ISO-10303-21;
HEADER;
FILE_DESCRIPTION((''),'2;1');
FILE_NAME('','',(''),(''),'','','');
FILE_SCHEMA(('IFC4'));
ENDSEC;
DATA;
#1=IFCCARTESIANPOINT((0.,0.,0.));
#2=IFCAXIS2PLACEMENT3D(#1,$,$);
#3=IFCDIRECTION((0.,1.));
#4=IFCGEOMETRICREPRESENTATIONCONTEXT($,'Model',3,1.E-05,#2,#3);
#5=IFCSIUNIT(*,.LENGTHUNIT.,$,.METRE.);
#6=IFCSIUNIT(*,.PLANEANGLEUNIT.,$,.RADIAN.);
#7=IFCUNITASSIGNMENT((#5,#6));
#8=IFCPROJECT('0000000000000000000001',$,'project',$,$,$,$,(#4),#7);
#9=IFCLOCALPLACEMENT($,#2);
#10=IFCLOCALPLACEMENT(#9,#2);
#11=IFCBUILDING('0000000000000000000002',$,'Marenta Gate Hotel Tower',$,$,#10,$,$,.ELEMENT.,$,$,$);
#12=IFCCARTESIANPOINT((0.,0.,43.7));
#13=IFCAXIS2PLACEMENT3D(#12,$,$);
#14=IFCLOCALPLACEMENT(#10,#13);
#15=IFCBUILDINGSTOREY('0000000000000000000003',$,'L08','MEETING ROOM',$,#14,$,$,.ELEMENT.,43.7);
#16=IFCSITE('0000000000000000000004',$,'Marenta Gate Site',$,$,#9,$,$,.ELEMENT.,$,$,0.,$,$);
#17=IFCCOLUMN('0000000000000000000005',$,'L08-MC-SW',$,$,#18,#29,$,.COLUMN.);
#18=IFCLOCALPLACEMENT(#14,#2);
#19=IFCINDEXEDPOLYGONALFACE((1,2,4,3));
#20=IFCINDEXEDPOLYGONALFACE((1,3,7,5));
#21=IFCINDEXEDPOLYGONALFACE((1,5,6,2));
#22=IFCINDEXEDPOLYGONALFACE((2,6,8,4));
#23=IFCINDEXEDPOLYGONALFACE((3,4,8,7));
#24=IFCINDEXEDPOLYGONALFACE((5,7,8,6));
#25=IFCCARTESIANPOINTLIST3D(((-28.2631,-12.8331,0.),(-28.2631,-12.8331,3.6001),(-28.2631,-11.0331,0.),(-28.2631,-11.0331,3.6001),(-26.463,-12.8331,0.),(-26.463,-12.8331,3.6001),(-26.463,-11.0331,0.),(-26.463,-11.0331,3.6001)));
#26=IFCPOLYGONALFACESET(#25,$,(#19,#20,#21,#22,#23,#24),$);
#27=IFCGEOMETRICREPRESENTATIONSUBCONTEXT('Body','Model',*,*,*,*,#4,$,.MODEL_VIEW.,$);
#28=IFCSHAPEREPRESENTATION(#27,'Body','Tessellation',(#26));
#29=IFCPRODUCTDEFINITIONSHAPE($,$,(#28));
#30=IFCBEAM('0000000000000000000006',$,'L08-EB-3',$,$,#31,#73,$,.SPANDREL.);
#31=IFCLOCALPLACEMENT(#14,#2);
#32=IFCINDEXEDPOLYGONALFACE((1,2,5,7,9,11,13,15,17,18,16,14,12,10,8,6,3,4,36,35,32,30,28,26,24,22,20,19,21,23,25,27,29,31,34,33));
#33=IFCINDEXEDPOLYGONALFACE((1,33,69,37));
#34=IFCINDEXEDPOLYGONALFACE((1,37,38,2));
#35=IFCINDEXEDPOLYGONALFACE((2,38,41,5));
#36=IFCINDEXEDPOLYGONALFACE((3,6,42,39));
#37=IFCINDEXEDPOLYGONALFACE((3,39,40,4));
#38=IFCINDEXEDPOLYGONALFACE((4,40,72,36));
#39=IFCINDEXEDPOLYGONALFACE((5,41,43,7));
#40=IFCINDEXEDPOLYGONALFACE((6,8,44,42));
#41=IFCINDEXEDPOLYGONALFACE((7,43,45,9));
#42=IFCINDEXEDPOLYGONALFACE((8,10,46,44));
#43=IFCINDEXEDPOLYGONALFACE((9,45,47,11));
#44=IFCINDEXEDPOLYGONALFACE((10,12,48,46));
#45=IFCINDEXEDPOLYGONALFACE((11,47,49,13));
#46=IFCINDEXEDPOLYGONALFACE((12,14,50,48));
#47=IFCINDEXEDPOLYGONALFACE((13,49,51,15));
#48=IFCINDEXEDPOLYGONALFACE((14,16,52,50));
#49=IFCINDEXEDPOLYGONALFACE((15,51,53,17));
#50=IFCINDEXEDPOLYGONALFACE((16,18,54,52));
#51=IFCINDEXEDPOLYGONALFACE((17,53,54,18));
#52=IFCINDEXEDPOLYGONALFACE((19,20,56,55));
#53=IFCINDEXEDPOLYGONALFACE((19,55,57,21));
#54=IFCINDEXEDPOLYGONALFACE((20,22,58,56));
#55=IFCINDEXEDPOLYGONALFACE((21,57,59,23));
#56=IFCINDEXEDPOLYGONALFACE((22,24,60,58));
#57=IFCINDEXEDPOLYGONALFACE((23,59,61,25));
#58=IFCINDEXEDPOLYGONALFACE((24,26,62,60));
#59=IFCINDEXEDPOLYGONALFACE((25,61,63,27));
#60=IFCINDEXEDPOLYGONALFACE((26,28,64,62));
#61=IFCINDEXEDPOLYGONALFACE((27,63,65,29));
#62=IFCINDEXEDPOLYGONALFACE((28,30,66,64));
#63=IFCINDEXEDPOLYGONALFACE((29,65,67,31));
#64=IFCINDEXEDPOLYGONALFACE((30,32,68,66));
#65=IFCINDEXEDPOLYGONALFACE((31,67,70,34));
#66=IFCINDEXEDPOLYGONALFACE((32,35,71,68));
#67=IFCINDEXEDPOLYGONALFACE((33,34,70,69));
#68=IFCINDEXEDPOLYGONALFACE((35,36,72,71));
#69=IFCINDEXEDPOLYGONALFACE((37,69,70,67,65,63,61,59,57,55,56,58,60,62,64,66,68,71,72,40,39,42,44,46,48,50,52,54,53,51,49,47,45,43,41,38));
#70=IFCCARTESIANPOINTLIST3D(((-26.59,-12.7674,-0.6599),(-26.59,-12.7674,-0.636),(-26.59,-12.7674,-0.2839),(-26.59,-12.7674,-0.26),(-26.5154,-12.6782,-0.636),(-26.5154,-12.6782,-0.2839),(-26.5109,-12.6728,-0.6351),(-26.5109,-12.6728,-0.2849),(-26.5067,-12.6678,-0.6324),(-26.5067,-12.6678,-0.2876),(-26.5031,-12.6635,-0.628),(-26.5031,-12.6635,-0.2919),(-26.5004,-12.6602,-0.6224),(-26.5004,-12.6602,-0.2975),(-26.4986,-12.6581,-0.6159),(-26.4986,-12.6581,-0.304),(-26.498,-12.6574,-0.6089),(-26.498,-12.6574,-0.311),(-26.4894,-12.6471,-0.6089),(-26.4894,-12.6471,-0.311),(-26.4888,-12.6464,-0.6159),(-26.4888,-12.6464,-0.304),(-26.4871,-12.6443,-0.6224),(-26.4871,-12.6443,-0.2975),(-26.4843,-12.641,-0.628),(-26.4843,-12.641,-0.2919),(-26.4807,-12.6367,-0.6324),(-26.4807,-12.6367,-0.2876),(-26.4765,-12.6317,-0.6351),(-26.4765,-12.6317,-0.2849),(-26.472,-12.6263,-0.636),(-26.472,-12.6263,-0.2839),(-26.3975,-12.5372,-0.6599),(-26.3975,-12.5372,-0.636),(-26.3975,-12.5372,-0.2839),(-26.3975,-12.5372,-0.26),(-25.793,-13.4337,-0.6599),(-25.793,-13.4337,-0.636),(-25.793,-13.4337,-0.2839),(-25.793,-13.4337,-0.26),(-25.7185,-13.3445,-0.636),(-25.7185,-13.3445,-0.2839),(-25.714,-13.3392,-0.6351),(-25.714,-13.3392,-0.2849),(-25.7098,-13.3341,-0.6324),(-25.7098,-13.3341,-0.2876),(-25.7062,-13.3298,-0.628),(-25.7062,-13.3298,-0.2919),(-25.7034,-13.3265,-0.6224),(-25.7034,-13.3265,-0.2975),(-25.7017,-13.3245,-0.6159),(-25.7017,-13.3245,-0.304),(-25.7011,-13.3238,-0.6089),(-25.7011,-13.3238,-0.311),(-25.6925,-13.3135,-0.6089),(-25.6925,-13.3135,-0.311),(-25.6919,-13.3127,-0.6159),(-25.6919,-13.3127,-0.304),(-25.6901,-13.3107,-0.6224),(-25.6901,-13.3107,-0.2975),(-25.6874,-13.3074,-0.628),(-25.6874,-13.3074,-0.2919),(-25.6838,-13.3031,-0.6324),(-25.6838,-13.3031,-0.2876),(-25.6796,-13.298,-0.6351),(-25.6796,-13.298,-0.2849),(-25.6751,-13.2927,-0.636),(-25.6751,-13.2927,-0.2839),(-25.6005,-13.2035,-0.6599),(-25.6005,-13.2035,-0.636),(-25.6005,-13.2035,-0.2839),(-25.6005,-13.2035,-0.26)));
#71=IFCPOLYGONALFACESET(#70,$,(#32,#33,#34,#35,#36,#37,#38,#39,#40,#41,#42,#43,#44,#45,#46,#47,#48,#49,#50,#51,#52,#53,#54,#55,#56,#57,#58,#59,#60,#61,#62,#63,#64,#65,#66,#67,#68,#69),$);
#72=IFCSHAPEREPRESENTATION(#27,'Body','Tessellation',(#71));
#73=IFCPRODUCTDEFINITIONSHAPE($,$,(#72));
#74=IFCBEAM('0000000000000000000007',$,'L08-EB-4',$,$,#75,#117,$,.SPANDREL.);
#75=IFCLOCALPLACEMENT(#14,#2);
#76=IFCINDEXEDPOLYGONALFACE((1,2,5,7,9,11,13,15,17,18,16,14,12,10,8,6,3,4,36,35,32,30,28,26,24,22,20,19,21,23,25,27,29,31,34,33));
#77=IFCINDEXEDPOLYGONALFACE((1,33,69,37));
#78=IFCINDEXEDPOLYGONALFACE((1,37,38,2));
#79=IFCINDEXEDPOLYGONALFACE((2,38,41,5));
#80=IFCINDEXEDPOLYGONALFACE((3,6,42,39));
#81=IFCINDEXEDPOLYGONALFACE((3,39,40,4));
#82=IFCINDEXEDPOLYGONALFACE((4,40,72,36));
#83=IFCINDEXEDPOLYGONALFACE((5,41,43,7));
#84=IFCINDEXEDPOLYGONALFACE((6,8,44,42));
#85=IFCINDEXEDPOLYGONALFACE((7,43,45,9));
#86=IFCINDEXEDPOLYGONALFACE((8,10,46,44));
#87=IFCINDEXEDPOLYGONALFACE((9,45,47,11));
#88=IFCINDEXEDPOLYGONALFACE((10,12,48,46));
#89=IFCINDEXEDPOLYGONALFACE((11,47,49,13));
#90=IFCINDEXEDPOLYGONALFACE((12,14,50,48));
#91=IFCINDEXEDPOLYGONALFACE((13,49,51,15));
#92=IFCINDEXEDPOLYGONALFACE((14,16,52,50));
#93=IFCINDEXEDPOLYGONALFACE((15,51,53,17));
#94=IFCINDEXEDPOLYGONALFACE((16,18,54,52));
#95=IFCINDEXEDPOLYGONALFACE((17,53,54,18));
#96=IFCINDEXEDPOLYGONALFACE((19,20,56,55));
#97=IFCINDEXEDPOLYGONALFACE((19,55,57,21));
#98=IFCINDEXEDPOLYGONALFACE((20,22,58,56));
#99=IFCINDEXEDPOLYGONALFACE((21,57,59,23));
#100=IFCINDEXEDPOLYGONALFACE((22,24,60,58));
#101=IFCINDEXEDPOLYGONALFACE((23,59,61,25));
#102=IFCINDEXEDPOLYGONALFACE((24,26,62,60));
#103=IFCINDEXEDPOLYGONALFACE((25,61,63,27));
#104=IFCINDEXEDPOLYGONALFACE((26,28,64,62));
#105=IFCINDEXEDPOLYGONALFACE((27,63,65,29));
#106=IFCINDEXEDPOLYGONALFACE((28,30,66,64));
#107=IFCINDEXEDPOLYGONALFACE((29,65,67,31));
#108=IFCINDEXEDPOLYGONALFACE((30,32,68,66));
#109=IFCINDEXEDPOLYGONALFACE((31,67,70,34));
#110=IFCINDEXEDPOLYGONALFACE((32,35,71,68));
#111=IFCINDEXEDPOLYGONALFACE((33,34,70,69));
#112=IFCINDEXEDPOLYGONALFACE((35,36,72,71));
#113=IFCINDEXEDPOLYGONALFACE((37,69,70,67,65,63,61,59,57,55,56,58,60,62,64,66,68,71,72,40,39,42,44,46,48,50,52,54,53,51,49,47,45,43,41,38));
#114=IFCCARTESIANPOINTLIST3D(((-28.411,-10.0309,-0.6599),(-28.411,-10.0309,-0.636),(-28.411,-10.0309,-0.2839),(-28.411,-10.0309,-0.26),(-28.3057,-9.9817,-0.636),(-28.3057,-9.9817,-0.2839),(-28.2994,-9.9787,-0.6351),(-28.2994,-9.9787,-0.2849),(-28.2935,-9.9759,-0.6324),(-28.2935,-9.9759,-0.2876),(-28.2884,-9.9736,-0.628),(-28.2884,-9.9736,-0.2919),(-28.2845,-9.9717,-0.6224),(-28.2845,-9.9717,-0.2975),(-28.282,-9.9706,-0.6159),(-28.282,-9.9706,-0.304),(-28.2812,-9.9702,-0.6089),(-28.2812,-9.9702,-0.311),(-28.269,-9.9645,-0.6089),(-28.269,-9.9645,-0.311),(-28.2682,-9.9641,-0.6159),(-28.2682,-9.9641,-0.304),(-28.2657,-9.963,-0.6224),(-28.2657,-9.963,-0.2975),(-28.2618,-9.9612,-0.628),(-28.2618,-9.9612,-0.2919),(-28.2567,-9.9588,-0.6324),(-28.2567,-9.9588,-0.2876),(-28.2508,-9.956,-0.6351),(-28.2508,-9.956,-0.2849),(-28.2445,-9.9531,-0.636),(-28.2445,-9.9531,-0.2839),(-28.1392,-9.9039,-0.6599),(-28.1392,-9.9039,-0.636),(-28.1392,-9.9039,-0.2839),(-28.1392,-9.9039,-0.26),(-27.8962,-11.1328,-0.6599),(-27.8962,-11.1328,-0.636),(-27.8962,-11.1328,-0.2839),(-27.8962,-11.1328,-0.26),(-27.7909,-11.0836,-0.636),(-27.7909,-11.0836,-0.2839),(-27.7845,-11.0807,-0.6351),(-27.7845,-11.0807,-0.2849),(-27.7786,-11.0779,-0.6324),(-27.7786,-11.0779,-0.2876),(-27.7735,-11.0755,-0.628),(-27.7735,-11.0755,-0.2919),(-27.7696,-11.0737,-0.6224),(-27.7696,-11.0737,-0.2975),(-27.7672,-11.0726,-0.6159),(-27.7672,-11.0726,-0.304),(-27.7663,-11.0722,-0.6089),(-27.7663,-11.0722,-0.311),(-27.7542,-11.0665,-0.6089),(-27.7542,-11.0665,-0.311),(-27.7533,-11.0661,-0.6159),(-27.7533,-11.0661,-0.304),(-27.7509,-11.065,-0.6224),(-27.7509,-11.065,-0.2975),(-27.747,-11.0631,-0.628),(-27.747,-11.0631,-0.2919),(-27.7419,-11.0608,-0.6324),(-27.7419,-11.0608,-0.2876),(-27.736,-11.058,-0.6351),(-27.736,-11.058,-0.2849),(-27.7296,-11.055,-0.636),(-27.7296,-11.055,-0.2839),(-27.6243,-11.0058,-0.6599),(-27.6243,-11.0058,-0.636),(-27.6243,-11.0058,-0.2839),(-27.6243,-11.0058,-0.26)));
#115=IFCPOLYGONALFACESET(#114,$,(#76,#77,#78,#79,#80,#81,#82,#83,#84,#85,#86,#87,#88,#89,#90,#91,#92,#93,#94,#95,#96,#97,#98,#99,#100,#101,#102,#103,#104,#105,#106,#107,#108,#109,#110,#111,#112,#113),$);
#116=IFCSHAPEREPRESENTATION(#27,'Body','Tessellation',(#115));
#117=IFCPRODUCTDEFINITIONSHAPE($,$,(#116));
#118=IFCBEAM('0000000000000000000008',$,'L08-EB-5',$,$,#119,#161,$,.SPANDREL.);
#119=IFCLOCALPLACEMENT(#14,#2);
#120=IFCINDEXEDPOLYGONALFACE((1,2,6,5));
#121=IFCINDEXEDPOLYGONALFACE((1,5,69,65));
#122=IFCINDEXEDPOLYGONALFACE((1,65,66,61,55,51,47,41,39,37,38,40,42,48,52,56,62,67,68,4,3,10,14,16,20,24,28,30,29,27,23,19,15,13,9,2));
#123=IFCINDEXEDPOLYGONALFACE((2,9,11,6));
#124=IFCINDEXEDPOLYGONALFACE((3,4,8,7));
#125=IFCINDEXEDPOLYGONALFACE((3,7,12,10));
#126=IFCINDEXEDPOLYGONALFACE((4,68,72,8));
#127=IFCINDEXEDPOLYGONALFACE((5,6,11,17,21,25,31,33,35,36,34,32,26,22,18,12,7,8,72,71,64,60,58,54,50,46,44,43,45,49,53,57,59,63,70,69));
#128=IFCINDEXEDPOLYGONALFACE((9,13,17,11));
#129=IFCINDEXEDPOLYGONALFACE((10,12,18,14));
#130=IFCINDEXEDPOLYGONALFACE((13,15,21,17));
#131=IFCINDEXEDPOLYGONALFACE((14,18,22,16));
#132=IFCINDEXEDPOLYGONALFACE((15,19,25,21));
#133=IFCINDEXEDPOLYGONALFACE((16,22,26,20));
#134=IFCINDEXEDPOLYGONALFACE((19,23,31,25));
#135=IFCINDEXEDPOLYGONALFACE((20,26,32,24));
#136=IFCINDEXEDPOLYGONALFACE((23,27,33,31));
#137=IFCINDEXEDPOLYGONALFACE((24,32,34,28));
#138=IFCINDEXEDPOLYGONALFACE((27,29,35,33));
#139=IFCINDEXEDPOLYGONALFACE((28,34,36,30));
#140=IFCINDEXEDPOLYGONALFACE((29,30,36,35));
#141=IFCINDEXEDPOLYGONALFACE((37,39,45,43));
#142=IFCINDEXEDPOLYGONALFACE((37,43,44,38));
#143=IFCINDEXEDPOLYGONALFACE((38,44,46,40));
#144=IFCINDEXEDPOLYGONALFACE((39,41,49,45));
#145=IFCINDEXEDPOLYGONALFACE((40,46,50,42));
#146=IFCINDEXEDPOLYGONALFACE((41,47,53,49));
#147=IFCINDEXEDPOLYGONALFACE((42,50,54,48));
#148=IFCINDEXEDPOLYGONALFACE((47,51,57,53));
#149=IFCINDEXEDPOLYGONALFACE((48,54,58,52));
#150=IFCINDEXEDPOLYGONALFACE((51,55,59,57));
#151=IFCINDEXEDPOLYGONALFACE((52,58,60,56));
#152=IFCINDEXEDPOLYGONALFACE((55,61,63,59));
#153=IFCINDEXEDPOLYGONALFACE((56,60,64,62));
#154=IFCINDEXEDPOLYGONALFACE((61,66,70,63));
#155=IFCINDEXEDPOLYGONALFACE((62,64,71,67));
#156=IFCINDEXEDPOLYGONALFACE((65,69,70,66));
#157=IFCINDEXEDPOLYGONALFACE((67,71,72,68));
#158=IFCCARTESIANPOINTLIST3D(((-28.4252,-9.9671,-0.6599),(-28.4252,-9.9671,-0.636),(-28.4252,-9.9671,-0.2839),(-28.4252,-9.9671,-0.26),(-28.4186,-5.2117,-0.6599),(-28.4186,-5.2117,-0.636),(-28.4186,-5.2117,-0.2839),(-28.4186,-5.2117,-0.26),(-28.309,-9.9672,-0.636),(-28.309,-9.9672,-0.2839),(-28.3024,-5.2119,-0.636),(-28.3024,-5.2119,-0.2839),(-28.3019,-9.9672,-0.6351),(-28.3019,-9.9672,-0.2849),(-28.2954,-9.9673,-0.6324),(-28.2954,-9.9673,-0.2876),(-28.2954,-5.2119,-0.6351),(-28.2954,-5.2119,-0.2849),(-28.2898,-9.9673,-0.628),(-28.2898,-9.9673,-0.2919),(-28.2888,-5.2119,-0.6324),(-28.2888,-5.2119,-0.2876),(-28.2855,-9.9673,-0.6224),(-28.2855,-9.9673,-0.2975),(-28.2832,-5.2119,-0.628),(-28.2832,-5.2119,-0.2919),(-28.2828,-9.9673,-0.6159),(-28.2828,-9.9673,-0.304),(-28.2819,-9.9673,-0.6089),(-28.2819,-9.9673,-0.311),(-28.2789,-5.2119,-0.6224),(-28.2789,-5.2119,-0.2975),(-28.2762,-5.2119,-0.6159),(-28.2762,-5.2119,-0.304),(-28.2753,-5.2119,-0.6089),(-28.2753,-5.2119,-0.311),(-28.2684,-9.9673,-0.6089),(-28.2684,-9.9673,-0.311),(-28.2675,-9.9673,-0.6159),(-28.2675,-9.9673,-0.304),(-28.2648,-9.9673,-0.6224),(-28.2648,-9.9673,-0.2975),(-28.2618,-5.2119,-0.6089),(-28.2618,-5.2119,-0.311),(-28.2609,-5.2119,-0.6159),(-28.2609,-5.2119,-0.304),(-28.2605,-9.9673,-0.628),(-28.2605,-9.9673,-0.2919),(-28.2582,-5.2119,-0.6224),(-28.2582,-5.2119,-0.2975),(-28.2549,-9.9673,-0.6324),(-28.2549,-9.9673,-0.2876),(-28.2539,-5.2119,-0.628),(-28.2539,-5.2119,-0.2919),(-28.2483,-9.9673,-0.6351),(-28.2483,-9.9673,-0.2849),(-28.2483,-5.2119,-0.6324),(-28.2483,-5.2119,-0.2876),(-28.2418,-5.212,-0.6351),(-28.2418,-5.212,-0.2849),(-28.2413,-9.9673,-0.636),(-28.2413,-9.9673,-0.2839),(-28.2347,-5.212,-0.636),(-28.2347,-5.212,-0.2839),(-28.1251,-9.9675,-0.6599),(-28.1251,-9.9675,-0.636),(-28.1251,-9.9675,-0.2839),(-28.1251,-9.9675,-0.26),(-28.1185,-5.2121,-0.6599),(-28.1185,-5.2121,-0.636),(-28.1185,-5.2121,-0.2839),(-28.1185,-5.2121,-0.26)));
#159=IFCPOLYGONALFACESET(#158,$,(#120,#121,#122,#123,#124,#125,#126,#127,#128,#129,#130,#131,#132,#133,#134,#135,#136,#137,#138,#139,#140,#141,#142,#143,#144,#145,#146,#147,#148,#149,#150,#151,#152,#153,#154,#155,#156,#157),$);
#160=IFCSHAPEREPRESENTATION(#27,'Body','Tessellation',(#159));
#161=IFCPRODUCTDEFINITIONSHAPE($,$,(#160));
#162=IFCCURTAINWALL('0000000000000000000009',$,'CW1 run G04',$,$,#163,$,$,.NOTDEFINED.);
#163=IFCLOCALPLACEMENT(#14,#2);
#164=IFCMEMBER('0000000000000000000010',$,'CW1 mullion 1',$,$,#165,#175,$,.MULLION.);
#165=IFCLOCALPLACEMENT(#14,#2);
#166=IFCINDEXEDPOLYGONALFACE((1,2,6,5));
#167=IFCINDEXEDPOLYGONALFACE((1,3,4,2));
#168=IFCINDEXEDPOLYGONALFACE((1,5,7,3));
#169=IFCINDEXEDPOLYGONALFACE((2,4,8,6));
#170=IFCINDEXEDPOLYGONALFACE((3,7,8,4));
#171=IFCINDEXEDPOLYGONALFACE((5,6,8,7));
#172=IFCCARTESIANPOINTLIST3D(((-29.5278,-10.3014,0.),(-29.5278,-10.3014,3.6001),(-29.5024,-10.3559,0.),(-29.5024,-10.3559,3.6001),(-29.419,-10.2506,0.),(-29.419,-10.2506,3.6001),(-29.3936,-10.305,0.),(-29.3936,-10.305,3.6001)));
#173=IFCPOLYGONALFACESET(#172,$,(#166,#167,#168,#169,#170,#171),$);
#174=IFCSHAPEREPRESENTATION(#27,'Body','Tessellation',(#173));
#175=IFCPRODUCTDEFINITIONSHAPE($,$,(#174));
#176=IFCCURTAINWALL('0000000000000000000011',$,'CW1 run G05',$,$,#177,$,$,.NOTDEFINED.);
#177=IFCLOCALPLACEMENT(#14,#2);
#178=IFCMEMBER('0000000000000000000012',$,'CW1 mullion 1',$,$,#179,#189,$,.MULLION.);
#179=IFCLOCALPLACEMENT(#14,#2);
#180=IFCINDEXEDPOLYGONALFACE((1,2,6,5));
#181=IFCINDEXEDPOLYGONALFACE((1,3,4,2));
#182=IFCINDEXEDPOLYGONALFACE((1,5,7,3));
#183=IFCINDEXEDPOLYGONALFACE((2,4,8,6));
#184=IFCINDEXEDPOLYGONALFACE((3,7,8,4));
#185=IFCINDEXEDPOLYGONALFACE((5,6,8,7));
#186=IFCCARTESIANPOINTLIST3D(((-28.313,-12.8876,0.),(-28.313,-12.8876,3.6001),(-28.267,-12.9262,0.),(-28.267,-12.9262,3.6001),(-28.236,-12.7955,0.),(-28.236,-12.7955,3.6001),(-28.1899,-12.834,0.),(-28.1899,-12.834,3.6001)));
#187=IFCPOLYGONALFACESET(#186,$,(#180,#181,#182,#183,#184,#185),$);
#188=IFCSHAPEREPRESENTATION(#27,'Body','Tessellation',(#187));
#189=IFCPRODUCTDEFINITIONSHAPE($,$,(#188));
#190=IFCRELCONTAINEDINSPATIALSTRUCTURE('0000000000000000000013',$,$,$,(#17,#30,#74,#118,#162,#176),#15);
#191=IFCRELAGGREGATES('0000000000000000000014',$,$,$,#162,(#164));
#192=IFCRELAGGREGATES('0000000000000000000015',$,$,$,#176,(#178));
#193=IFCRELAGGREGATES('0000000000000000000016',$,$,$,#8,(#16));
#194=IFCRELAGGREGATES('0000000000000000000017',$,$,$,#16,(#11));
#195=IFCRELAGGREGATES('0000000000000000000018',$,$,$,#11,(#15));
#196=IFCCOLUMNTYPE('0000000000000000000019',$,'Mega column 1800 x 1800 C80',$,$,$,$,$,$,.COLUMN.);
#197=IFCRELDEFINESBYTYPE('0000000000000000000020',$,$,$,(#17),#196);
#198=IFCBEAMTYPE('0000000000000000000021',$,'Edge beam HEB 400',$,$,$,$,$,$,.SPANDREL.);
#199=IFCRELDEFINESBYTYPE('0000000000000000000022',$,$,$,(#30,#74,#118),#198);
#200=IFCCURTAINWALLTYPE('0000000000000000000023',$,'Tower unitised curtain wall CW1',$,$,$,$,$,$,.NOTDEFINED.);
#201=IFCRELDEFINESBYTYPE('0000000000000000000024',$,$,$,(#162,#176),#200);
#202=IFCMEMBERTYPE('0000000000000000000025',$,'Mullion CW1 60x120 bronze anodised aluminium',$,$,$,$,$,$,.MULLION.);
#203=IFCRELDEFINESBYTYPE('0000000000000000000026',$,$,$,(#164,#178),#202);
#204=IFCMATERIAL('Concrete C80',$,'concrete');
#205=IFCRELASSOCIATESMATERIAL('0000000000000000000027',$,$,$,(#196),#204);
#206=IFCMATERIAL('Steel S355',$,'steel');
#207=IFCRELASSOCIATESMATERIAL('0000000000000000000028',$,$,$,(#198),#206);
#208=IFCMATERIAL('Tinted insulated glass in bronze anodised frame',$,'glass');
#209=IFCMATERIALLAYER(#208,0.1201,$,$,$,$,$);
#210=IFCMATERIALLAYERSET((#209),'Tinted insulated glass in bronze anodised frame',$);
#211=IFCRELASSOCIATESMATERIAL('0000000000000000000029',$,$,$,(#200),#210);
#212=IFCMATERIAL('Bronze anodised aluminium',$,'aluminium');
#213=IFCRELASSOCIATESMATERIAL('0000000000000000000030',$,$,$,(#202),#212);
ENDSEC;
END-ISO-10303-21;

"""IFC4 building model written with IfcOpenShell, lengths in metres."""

from ifc_helpers import new_model, si_unit, direction, frame, origin, origin_2d, place, context, subcontext, project, spatial, rectangle, i_section, extrude, material, layer, layer_set, material_profile, profile_set, type_object, element, aggregate, save


model = new_model("IFC4")

# Units and contexts
model_context = context("Model", 3, precision=1e-05, world=origin(), true_north=direction((0.0, 1.0)))
body_context = subcontext(model_context, "Body", "Model", "MODEL_VIEW")
ifc_project = project(units=[si_unit("LENGTHUNIT", "METRE"), si_unit("PLANEANGLEUNIT", "RADIAN")], contexts=[model_context])

# Site, building, storey
site_placement = place(None, origin())
site = spatial("IfcSite", under=ifc_project, at=site_placement, Name="Marenta Gate Site", CompositionType="ELEMENT", RefElevation=0.0)
building_placement = place(site_placement, origin())
building = spatial("IfcBuilding", under=site, at=building_placement, Name="Marenta Gate Hotel Tower", CompositionType="ELEMENT")
storey_placement = place(building_placement, frame((0.0, 0.0, 43.7)))
storey = spatial("IfcBuildingStorey", under=building, at=storey_placement, Name="L08", Description="MEETING ROOM", CompositionType="ELEMENT", Elevation=43.7)

# Column
ifc_material_1 = material(Name="Concrete C80", Category="concrete")
ifc_material_profile_1 = material_profile(ifc_material_1, rectangle(XDim=1.8, YDim=1.8, at=origin_2d()), Name="1800 x 1800")
ifc_profile_set_1 = profile_set([ifc_material_profile_1], Name="Concrete C80")
column_type = type_object("IfcColumnType", Name="Mega column 1800 x 1800 C80", PredefinedType="COLUMN", material=ifc_profile_set_1)
column_placement = place(storey_placement, frame((-27.363, -11.9331, 0.0), z_axis=(0.0, 0.0, 1.0), x_axis=(1.0, 0.0, 0.0)))
element("IfcColumn", 1, at=column_placement, inside=storey, type_object=column_type, Name="L08-MC-SW", PredefinedType="COLUMN", context=body_context, shape_type="SweptSolid", body=[
    extrude(rectangle(XDim=1.8, YDim=1.8, at=origin_2d()), origin(), (0.0, 0.0, 1.0), 3.6001),
])

# Beams
ifc_material_2 = material(Name="Steel S355", Category="steel")
ifc_material_profile_2 = material_profile(ifc_material_2, i_section(OverallWidth=0.3, OverallDepth=0.3999, WebThickness=0.0134, FlangeThickness=0.0239, FilletRadius=0.0271, at=origin_2d()), Name="HEB 400")
ifc_profile_set_2 = profile_set([ifc_material_profile_2], Name="Steel S355")
beam_type = type_object("IfcBeamType", Name="Edge beam HEB 400", PredefinedType="SPANDREL", material=ifc_profile_set_2)
beam_1_placement = place(storey_placement, frame((-25.6968, -13.3186, -0.46), z_axis=(-0.76718, 0.641432, 0.0), x_axis=(-0.641432, -0.76718, 0.0)))
element("IfcBeam", 2, at=beam_1_placement, inside=storey, type_object=beam_type, Name="L08-EB-3", PredefinedType="SPANDREL", context=body_context, shape_type="SweptSolid", body=[
    extrude(i_section(OverallWidth=0.3, OverallDepth=0.3999, WebThickness=0.0134, FlangeThickness=0.0239, FilletRadius=0.0271, at=origin_2d()), origin(), (0.0, 0.0, 1.0), 1.0388),
])
beam_2_placement = place(storey_placement, frame((-27.7603, -11.0693, -0.46), z_axis=(-0.423292, 0.905993, 0.0), x_axis=(-0.905993, -0.423292, 0.0)))
element("IfcBeam", 3, at=beam_2_placement, inside=storey, type_object=beam_type, Name="L08-EB-4", PredefinedType="SPANDREL", context=body_context, shape_type="SweptSolid", body=[
    extrude(i_section(OverallWidth=0.3, OverallDepth=0.3999, WebThickness=0.0134, FlangeThickness=0.0239, FilletRadius=0.0271, at=origin_2d()), origin(), (0.0, 0.0, 1.0), 1.2163),
])
beam_3_placement = place(storey_placement, frame((-28.2751, -9.9673, -0.46), z_axis=(0.001386, 0.999999, 0.0), x_axis=(-0.999999, 0.001386, 0.0)))
element("IfcBeam", 4, at=beam_3_placement, inside=storey, type_object=beam_type, Name="L08-EB-5", PredefinedType="SPANDREL", context=body_context, shape_type="SweptSolid", body=[
    extrude(i_section(OverallWidth=0.3, OverallDepth=0.3999, WebThickness=0.0134, FlangeThickness=0.0239, FilletRadius=0.0271, at=origin_2d()), origin(), (0.0, 0.0, 1.0), 4.7554),
])

# Curtain walls, members
ifc_material_3 = material(Name="Tinted insulated glass in bronze anodised frame", Category="glass")
ifc_layer_1 = layer(ifc_material_3, 0.1201)
ifc_layer_set_1 = layer_set([ifc_layer_1], Name="Tinted insulated glass in bronze anodised frame")
curtain_wall_type = type_object("IfcCurtainWallType", Name="Tower unitised curtain wall CW1", PredefinedType="NOTDEFINED", material=ifc_layer_set_1)
curtain_wall_1_placement = place(storey_placement, origin())
curtain_wall_1 = element("IfcCurtainWall", 5, at=curtain_wall_1_placement, inside=storey, type_object=curtain_wall_type, Name="CW1 run G04", PredefinedType="NOTDEFINED")
ifc_material_4 = material(Name="Bronze anodised aluminium", Category="aluminium")
ifc_material_profile_3 = material_profile(ifc_material_4, rectangle(XDim=0.1201, YDim=0.0601, at=origin_2d()), Name="Mullion CW1 60x120 bronze anodised aluminium")
ifc_profile_set_3 = profile_set([ifc_material_profile_3], Name="Bronze anodised aluminium")
member_type_1 = type_object("IfcMemberType", Name="Mullion CW1 60x120 bronze anodised aluminium", PredefinedType="MULLION", material=ifc_profile_set_3)
member_1_placement = place(storey_placement, frame((-29.4607, -10.3032, 0.0), z_axis=(0.0, 0.0, 1.0), x_axis=(0.90597, 0.423342, 0.0)))
member_1 = element("IfcMember", 6, at=member_1_placement, type_object=member_type_1, Name="CW1 mullion 1", PredefinedType="MULLION", context=body_context, shape_type="SweptSolid", body=[
    extrude(rectangle(XDim=0.1201, YDim=0.0601, at=origin_2d()), origin(), (0.0, 0.0, 1.0), 3.6001),
])
curtain_wall_2_placement = place(storey_placement, origin())
curtain_wall_2 = element("IfcCurtainWall", 7, at=curtain_wall_2_placement, inside=storey, type_object=curtain_wall_type, Name="CW1 run G05", PredefinedType="NOTDEFINED")
member_2_placement = place(storey_placement, frame((-28.2515, -12.8608, 0.0), z_axis=(0.0, 0.0, 1.0), x_axis=(0.641512, 0.767113, 0.0)))
member_2 = element("IfcMember", 8, at=member_2_placement, type_object=member_type_1, Name="CW1 mullion 1", PredefinedType="MULLION", context=body_context, shape_type="SweptSolid", body=[
    extrude(rectangle(XDim=0.1201, YDim=0.0601, at=origin_2d()), origin(), (0.0, 0.0, 1.0), 3.6001),
])

aggregate(curtain_wall_1, [member_1])
aggregate(curtain_wall_2, [member_2])

save(model, "model.ifc")
